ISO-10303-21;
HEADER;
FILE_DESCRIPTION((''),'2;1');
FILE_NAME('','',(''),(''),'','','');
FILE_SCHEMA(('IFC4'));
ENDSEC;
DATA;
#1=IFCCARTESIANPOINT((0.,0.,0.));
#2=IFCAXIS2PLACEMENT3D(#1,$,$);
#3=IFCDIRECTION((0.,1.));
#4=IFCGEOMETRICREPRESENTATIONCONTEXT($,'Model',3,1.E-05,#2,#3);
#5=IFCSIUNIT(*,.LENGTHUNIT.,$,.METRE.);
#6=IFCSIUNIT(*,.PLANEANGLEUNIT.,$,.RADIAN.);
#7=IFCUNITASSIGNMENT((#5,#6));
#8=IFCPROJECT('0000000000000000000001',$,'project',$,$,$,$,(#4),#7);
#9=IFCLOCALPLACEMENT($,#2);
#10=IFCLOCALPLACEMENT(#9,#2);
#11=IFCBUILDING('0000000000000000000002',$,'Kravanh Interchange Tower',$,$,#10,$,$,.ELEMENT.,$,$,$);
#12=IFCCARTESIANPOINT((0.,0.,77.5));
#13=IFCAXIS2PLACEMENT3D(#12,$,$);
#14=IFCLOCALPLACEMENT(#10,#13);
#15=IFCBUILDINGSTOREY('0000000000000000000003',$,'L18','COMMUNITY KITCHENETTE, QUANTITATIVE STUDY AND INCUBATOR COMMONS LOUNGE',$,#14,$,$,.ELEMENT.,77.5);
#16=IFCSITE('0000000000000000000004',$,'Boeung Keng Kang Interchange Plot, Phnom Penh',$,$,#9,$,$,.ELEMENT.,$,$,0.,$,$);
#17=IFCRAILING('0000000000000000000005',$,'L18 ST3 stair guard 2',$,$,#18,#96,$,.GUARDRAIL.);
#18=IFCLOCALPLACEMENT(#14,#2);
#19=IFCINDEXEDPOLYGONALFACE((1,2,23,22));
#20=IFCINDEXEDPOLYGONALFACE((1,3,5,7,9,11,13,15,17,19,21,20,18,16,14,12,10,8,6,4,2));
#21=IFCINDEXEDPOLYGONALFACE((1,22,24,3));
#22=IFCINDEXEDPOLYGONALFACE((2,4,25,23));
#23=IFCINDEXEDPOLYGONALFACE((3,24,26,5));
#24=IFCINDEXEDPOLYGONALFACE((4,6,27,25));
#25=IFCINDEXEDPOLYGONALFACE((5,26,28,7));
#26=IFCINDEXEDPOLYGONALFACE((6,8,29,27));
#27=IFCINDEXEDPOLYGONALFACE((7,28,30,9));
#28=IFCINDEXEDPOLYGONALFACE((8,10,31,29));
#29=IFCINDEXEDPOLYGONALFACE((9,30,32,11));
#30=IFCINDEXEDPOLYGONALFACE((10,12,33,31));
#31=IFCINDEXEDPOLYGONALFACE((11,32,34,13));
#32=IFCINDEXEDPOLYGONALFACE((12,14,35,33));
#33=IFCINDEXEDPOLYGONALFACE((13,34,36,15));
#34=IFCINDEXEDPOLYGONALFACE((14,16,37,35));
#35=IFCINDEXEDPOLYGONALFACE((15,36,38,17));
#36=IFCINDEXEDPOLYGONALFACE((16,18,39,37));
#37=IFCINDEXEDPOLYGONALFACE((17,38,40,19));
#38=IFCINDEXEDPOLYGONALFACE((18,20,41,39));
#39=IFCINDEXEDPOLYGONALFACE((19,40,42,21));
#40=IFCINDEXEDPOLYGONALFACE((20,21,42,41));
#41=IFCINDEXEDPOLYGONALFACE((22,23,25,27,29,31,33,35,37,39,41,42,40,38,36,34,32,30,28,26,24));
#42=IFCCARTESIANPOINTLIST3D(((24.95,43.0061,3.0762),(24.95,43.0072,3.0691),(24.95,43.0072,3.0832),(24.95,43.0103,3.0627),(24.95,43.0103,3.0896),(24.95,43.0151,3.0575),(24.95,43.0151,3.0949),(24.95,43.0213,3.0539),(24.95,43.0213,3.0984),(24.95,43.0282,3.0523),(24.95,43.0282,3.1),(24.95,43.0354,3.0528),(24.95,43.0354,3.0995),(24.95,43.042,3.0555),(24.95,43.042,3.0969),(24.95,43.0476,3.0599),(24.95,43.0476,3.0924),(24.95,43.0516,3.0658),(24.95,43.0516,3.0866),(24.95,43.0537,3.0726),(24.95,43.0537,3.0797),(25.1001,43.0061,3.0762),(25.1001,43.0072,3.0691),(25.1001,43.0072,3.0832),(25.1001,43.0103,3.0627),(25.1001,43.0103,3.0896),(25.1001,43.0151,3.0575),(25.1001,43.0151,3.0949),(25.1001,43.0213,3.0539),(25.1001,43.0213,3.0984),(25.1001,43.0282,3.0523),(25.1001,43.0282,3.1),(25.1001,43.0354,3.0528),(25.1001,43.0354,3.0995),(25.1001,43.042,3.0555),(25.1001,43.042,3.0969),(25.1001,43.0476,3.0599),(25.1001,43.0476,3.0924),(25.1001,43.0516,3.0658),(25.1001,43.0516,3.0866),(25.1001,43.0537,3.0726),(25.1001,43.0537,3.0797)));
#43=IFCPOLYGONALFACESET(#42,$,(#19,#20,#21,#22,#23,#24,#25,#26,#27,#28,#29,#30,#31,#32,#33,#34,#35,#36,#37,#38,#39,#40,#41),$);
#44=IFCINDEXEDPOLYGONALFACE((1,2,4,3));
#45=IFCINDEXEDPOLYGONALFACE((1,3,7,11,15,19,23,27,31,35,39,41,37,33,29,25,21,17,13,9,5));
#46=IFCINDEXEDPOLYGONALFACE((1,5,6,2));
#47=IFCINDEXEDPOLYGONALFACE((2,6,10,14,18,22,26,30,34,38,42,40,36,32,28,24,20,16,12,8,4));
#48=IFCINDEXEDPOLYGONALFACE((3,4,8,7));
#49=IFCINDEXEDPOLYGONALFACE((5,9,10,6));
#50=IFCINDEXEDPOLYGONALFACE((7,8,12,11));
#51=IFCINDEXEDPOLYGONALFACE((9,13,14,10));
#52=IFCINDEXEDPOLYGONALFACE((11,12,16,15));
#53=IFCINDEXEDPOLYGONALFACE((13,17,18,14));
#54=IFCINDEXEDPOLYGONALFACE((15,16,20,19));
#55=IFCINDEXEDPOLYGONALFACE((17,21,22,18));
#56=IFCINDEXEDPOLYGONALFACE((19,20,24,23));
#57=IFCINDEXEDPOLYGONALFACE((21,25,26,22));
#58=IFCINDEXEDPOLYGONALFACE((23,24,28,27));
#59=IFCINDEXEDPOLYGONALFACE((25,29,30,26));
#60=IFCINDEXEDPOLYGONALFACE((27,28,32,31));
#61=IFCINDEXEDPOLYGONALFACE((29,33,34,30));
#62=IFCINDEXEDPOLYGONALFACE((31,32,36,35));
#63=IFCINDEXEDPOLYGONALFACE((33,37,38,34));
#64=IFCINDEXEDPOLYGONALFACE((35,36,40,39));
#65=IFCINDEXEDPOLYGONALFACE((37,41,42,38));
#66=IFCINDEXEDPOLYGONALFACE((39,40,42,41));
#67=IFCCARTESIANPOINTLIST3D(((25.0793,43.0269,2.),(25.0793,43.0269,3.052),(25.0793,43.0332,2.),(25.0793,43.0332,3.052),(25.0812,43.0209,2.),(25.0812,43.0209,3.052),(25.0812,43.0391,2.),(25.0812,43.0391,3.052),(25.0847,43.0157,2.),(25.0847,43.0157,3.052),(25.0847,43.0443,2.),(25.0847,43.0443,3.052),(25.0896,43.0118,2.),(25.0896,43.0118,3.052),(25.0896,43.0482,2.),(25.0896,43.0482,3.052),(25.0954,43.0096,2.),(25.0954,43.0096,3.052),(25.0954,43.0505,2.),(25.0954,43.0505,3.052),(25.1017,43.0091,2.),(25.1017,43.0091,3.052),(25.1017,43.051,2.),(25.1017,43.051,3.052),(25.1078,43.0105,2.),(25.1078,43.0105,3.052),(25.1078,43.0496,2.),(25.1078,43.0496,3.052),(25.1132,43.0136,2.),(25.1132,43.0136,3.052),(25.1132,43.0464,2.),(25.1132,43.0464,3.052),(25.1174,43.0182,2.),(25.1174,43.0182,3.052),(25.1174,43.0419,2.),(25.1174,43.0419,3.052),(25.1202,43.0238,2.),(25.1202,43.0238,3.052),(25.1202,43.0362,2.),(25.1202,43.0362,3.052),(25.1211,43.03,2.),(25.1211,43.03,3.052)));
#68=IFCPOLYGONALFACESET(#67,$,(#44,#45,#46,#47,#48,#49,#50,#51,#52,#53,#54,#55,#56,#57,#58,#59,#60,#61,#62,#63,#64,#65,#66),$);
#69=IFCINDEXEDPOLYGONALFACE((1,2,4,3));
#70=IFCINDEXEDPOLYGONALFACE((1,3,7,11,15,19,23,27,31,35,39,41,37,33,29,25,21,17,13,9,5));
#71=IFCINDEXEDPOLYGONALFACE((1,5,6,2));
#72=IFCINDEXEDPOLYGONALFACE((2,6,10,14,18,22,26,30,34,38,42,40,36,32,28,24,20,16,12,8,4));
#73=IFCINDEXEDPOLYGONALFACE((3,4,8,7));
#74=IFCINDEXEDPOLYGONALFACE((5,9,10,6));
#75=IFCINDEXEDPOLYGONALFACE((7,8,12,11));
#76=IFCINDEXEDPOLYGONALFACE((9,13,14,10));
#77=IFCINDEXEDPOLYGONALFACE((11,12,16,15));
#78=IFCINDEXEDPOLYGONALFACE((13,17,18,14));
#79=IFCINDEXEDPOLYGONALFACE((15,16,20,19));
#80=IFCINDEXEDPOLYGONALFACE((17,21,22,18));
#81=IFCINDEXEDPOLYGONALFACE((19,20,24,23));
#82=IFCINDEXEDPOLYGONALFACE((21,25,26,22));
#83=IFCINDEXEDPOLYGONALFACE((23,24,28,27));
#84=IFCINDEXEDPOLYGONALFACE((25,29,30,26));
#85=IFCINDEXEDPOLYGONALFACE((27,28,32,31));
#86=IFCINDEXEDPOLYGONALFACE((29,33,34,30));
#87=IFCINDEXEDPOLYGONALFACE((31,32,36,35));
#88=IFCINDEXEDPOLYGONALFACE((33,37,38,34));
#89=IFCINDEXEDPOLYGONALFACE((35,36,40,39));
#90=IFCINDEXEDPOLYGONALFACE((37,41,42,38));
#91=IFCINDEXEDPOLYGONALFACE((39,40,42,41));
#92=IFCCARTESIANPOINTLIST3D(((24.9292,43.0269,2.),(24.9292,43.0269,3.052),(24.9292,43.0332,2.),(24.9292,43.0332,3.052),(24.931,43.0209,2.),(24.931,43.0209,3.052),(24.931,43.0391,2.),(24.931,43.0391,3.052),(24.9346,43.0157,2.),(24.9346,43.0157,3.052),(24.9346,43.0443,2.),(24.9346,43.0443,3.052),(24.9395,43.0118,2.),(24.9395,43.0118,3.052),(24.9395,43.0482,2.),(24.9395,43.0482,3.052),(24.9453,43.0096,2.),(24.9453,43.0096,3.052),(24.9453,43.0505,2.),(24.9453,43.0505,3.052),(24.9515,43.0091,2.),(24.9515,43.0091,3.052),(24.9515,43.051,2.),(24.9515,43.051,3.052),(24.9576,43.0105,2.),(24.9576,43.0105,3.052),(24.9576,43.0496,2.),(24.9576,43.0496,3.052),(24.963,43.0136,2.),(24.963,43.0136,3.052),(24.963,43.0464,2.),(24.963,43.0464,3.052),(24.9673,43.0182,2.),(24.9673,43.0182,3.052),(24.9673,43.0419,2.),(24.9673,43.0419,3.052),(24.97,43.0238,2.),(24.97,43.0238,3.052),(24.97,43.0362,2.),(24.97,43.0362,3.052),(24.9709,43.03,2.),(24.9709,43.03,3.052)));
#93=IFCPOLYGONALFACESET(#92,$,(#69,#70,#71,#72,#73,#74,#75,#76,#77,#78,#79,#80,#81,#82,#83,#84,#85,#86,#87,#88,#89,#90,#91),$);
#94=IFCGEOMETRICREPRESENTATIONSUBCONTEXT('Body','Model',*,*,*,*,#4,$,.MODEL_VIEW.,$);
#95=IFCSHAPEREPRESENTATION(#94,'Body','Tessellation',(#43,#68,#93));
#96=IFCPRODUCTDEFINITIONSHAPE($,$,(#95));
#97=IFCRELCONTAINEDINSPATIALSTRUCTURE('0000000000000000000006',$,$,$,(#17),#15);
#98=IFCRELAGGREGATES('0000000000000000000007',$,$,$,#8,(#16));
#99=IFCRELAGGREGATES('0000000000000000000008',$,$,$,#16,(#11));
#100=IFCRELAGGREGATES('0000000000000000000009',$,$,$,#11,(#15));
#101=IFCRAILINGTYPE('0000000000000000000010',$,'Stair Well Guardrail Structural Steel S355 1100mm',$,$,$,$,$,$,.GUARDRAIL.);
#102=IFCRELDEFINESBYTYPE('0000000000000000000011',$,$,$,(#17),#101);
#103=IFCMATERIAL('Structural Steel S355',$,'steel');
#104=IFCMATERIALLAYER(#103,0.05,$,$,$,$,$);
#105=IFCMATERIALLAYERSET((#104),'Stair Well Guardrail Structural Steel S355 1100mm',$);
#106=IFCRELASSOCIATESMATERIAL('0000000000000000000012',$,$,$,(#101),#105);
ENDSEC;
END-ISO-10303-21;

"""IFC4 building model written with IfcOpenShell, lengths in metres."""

from ifc_helpers import new_model, si_unit, direction, frame, origin, origin_2d, place, context, subcontext, project, spatial, circle, extrude, material, layer, layer_set, type_object, element, save


model = new_model("IFC4")

# Units and contexts
model_context = context("Model", 3, precision=1e-05, world=origin(), true_north=direction((0.0, 1.0)))
body_context = subcontext(model_context, "Body", "Model", "MODEL_VIEW")
ifc_project = project(units=[si_unit("LENGTHUNIT", "METRE"), si_unit("PLANEANGLEUNIT", "RADIAN")], contexts=[model_context])

# Site, building, storey
site_placement = place(None, origin())
site = spatial("IfcSite", under=ifc_project, at=site_placement, Name="Boeung Keng Kang Interchange Plot, Phnom Penh", CompositionType="ELEMENT", RefElevation=0.0)
building_placement = place(site_placement, origin())
building = spatial("IfcBuilding", under=site, at=building_placement, Name="Kravanh Interchange Tower", CompositionType="ELEMENT")
storey_placement = place(building_placement, frame((0.0, 0.0, 77.5)))
storey = spatial("IfcBuildingStorey", under=building, at=storey_placement, Name="L18", Description="COMMUNITY KITCHENETTE, QUANTITATIVE STUDY AND INCUBATOR COMMONS LOUNGE", CompositionType="ELEMENT", Elevation=77.5)

# Railing
ifc_material_1 = material(Name="Structural Steel S355", Category="steel")
ifc_layer_1 = layer(ifc_material_1, 0.05)
ifc_layer_set_1 = layer_set([ifc_layer_1], Name="Stair Well Guardrail Structural Steel S355 1100mm")
railing_type_1 = type_object("IfcRailingType", Name="Stair Well Guardrail Structural Steel S355 1100mm", PredefinedType="GUARDRAIL", material=ifc_layer_set_1)
railing_1_placement = place(storey_placement, frame((25.1001, 43.03, 2.0)))
element("IfcRailing", 1, at=railing_1_placement, inside=storey, type_object=railing_type_1, Name="L18 ST3 stair guard 2", PredefinedType="GUARDRAIL", context=body_context, shape_type="SweptSolid", body=[
    extrude(circle(Radius=0.0239, at=origin_2d()), frame((0.0, 0.0, 1.0762), z_axis=(-1.0, 0.0, 0.0), x_axis=(0.0, -1.0, 0.0)), (0.0, 0.0, 1.0), 0.1501),
    extrude(circle(Radius=0.021, at=origin_2d()), origin(), (0.0, 0.0, 1.0), 1.052),
    extrude(circle(Radius=0.021, at=origin_2d()), frame((-0.1501, 0.0, 0.0)), (0.0, 0.0, 1.0), 1.052),
])

save(model, "model.ifc")
